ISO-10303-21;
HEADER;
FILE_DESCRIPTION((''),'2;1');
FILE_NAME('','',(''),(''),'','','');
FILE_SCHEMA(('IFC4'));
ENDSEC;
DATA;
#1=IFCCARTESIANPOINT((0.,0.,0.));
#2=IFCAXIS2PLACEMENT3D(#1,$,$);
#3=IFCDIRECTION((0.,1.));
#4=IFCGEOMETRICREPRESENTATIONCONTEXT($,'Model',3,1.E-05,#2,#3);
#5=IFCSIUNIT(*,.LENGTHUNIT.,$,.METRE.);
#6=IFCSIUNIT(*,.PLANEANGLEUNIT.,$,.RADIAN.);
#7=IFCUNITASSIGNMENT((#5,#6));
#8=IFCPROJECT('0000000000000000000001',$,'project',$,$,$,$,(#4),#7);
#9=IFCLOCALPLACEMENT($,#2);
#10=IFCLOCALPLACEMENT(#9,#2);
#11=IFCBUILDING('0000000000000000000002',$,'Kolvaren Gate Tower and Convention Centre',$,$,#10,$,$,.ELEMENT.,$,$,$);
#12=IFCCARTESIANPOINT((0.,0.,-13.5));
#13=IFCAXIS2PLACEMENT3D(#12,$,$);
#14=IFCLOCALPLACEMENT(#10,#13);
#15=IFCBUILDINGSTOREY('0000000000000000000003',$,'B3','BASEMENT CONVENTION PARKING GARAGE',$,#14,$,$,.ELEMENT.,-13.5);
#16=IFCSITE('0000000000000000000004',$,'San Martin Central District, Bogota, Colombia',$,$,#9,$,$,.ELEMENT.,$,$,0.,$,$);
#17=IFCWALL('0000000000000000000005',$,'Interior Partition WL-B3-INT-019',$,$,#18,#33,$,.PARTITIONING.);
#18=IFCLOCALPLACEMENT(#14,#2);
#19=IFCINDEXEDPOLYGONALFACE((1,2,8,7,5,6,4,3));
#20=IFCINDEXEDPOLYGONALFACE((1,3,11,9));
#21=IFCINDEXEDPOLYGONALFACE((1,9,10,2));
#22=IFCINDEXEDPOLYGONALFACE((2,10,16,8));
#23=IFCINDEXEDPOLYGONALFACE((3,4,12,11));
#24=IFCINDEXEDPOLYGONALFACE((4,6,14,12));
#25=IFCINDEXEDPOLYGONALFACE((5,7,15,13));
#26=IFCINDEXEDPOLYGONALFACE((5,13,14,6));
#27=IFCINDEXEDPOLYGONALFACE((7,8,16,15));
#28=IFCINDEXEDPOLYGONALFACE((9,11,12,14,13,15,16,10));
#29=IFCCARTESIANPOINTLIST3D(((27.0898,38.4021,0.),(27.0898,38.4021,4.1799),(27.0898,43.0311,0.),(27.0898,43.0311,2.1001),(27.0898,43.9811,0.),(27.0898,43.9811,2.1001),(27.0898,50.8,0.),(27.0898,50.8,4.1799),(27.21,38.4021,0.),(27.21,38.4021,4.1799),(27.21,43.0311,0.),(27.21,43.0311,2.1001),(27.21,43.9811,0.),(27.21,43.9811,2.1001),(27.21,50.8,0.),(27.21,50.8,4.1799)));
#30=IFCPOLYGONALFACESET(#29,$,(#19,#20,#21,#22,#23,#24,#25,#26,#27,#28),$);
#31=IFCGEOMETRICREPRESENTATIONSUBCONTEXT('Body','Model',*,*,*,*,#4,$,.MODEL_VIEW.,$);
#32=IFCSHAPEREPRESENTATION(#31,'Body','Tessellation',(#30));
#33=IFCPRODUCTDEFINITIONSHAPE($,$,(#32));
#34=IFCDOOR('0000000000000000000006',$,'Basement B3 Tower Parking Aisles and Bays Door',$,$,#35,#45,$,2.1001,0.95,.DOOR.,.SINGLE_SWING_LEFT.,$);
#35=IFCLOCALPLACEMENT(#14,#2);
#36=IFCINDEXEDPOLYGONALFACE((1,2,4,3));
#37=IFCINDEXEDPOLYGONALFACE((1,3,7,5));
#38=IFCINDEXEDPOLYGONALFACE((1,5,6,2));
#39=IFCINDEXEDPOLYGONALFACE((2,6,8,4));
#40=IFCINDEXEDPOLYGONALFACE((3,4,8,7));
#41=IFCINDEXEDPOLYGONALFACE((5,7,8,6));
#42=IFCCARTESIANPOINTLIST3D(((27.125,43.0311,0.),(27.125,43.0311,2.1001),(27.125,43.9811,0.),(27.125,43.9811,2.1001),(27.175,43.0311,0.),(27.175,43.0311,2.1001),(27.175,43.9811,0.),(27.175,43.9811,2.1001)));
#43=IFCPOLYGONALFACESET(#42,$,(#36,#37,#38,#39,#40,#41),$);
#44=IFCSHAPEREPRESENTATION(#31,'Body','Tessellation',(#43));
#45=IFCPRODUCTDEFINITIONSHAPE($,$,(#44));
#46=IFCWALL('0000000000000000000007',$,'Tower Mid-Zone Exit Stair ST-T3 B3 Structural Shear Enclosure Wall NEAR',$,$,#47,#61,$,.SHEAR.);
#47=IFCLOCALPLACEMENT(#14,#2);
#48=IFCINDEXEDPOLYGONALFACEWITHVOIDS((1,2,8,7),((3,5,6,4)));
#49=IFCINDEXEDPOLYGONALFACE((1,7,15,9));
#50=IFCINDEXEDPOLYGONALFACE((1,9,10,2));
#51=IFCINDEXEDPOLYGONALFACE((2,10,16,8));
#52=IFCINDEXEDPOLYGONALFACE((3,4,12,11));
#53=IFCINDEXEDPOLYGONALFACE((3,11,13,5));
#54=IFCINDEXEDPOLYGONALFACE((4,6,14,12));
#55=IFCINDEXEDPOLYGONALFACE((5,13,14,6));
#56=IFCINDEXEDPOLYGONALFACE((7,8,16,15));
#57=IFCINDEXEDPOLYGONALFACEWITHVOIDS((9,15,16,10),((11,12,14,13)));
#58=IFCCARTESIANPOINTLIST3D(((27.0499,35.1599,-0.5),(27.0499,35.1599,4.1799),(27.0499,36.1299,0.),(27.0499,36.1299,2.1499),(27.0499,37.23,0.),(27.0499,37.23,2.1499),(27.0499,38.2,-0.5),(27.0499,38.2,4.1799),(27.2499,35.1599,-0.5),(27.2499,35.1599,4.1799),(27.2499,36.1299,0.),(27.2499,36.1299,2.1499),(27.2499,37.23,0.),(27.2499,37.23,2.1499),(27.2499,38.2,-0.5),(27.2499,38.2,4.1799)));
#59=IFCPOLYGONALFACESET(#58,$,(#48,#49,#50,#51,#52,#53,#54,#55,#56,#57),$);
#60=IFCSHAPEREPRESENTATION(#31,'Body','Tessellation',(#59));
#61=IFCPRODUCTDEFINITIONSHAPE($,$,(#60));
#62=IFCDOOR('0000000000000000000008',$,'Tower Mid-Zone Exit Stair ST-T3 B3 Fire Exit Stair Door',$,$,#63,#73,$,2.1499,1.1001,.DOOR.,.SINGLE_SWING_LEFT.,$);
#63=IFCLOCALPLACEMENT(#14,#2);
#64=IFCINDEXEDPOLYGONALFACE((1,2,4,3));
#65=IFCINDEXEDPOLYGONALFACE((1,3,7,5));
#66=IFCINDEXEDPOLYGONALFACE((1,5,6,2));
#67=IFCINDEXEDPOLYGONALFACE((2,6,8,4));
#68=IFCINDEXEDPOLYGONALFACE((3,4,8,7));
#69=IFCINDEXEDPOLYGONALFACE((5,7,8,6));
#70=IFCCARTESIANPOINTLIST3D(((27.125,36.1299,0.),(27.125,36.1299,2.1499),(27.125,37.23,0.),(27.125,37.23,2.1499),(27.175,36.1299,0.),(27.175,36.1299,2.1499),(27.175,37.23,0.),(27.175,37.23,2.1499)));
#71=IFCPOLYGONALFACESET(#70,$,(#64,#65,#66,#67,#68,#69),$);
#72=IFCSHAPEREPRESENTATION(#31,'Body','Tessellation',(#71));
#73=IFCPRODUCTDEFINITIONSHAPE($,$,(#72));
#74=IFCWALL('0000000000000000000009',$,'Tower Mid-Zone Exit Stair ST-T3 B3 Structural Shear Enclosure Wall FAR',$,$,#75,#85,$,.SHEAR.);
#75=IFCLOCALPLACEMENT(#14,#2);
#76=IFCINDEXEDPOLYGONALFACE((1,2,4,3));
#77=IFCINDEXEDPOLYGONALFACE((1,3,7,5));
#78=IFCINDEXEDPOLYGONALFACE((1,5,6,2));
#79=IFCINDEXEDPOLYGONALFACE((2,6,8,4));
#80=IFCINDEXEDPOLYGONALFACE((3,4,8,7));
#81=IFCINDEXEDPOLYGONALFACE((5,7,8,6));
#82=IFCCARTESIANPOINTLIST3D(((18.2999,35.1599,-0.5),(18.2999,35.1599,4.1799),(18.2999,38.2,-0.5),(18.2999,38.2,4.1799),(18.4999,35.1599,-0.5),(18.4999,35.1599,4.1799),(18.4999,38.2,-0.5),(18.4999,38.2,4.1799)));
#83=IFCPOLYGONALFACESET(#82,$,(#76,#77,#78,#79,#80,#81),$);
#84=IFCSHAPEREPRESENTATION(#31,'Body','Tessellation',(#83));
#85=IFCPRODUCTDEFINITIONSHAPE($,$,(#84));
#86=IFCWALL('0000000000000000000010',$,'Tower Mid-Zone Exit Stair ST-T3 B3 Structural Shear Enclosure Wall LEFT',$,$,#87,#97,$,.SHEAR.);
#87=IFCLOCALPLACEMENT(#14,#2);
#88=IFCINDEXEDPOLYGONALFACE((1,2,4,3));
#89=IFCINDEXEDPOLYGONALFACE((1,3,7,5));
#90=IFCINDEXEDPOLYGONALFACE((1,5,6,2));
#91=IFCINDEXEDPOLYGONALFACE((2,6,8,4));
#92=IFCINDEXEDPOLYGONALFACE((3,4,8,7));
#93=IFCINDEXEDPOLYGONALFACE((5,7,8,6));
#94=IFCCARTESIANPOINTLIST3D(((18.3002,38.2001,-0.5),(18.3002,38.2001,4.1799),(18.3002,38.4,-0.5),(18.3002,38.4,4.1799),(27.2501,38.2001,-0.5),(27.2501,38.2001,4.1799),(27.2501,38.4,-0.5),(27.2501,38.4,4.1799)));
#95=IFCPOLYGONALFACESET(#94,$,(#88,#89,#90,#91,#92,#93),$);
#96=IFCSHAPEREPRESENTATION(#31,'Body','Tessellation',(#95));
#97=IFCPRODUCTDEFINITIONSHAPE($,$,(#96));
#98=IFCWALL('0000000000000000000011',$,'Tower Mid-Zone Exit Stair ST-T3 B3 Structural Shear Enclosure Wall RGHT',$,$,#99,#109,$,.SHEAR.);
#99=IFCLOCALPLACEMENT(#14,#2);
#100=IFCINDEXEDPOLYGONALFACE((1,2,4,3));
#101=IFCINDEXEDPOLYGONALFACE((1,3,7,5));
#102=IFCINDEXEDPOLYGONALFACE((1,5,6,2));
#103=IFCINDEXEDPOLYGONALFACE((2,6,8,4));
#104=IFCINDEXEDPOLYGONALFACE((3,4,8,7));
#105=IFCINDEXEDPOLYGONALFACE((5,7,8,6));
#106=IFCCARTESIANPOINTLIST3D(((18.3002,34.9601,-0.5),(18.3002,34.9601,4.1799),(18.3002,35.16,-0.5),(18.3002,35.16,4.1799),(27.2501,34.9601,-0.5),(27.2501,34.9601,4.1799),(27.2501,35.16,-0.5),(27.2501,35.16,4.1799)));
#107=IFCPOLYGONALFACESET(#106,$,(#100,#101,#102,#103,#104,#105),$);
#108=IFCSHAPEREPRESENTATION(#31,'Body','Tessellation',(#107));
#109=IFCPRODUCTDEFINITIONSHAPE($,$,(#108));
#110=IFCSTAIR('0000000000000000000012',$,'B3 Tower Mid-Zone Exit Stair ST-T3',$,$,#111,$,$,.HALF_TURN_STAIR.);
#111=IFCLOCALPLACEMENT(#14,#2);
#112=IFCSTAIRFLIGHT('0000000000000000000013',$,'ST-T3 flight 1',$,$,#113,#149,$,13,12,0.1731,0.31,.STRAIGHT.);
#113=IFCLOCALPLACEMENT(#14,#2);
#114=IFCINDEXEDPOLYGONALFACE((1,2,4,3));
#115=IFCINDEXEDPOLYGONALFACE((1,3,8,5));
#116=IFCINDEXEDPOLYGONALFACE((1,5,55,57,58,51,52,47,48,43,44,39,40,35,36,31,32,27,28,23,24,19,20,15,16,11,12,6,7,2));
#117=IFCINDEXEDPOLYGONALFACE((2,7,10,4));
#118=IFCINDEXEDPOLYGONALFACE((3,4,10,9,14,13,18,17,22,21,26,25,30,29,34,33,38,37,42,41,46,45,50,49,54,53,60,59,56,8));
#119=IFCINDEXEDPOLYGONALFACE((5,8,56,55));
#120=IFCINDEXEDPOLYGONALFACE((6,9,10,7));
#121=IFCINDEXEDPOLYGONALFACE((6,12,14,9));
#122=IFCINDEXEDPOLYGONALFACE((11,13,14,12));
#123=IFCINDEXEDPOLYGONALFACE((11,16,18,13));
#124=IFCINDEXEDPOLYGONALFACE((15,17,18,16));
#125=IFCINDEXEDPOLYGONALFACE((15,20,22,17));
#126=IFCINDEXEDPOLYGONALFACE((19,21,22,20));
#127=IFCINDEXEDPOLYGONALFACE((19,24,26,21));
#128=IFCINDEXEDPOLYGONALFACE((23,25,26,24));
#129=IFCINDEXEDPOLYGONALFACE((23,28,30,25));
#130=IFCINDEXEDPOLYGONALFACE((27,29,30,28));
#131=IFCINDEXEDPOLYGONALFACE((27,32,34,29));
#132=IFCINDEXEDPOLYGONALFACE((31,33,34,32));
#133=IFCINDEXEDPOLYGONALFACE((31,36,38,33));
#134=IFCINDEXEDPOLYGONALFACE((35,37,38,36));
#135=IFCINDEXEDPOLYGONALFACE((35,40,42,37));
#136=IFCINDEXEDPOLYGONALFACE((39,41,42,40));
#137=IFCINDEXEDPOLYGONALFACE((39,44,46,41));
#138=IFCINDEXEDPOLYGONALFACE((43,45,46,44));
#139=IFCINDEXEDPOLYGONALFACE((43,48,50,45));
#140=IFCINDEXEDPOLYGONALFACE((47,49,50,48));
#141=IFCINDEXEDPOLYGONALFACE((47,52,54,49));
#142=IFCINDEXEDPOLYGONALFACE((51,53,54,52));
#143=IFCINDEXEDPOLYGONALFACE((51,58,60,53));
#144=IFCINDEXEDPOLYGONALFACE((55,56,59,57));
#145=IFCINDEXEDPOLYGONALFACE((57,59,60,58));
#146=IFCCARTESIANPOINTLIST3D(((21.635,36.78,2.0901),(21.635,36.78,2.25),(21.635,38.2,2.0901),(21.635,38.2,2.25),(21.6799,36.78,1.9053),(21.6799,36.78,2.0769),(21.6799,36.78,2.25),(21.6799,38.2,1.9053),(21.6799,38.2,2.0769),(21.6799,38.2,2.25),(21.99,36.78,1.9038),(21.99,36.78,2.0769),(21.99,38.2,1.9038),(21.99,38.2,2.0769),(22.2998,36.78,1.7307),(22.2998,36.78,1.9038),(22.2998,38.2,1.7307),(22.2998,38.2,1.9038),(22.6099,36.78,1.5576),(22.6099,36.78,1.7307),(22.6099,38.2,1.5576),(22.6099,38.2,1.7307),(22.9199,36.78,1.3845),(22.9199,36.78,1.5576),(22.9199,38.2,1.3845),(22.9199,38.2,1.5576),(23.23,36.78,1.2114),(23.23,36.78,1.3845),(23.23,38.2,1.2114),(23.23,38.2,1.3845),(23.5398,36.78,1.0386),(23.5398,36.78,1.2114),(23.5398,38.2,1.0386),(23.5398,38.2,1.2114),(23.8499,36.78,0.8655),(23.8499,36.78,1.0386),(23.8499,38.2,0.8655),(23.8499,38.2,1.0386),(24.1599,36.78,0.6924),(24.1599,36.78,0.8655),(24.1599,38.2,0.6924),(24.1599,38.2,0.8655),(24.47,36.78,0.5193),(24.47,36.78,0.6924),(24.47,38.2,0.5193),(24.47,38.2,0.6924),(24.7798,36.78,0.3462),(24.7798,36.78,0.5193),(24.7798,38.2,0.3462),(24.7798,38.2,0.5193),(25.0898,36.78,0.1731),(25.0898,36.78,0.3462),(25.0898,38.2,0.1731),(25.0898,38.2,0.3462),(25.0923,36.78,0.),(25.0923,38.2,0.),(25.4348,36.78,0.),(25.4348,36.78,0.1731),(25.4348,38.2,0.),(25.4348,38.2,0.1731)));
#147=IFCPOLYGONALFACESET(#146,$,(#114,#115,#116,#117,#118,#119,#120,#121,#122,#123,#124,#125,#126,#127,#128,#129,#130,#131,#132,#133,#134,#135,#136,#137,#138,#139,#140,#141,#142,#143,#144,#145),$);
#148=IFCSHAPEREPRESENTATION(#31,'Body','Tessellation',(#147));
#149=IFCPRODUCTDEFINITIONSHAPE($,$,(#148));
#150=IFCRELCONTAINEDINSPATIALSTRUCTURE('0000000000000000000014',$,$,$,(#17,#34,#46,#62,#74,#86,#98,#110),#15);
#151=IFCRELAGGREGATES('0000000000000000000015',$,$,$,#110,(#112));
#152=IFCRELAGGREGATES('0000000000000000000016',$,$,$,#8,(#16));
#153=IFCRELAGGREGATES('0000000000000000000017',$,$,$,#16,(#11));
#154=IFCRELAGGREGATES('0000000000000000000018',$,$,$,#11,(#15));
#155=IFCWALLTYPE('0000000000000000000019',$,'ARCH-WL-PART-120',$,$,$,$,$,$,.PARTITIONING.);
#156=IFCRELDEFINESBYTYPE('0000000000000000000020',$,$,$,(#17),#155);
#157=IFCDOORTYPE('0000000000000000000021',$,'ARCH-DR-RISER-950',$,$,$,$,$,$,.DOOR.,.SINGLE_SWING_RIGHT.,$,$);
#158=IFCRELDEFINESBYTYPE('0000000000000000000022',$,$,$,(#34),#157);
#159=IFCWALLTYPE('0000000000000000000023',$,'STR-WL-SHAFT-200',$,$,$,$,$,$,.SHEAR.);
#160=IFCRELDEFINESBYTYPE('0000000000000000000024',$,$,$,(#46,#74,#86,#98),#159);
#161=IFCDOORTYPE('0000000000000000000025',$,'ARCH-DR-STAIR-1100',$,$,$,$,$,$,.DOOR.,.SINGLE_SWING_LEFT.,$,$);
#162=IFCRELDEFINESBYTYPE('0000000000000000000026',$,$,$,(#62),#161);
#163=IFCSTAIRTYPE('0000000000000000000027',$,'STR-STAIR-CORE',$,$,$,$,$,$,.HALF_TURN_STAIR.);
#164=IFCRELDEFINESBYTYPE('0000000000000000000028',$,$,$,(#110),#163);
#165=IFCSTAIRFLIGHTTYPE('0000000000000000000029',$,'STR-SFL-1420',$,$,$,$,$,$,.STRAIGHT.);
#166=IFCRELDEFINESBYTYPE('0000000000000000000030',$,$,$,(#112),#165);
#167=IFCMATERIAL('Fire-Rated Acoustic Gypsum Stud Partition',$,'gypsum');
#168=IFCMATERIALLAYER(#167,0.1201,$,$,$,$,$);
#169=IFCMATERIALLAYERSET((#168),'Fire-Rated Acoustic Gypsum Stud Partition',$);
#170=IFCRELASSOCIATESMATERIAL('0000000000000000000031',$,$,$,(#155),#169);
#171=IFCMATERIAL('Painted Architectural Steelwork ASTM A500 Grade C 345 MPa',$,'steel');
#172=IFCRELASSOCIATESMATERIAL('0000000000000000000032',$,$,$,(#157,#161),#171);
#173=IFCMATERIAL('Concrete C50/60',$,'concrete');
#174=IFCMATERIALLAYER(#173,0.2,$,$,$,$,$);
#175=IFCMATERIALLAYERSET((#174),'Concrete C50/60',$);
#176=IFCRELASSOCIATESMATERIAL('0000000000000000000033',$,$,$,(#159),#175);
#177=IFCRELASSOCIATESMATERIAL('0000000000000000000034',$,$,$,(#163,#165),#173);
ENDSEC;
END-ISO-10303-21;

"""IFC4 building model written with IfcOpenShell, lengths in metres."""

from ifc_helpers import new_model, si_unit, direction, frame, frame_2d, origin, place, context, subcontext, project, spatial, polyline, rectangle, outline, extrude, material, layer, layer_set, type_object, element, fill, aggregate, save


model = new_model("IFC4")

# Units and contexts
model_context = context("Model", 3, precision=1e-05, world=origin(), true_north=direction((0.0, 1.0)))
body_context = subcontext(model_context, "Body", "Model", "MODEL_VIEW")
ifc_project = project(units=[si_unit("LENGTHUNIT", "METRE"), si_unit("PLANEANGLEUNIT", "RADIAN")], contexts=[model_context])

# Site, building, storey
site_placement = place(None, origin())
site = spatial("IfcSite", under=ifc_project, at=site_placement, Name="San Martin Central District, Bogota, Colombia", CompositionType="ELEMENT", RefElevation=0.0)
building_placement = place(site_placement, origin())
building = spatial("IfcBuilding", under=site, at=building_placement, Name="Kolvaren Gate Tower and Convention Centre", CompositionType="ELEMENT")
storey_placement = place(building_placement, frame((0.0, 0.0, -13.5)))
storey = spatial("IfcBuildingStorey", under=building, at=storey_placement, Name="B3", Description="BASEMENT CONVENTION PARKING GARAGE", CompositionType="ELEMENT", Elevation=-13.5)

# Shared definitions
ifc_material_1 = material(Name="Concrete C50/60", Category="concrete")

# Shared definitions
ifc_material_2 = material(Name="Fire-Rated Acoustic Gypsum Stud Partition", Category="gypsum")
ifc_layer_1 = layer(ifc_material_2, 0.1201)
ifc_layer_set_1 = layer_set([ifc_layer_1], Name="Fire-Rated Acoustic Gypsum Stud Partition")
wall_type_1 = type_object("IfcWallType", Name="ARCH-WL-PART-120", PredefinedType="PARTITIONING", material=ifc_layer_set_1)

# Walls, openings, doors
wall_1_placement = place(storey_placement, frame((27.1499, 38.4021, 0.0), z_axis=(0.0, 0.0, 1.0), x_axis=(0.0, 1.0, 0.0)))
wall_1 = element("IfcWall", 1, at=wall_1_placement, inside=storey, type_object=wall_type_1, Name="Interior Partition WL-B3-INT-019", PredefinedType="PARTITIONING", context=body_context, shape_type="SweptSolid", body=[
    extrude(rectangle(XDim=12.3979, YDim=0.1201, at=frame_2d((6.199, 0.0))), origin(), (0.0, 0.0, 1.0), 4.1799),
])
opening_1_placement = place(wall_1_placement, frame((4.6289, 0.0, 0.0)))
opening_1 = element("IfcOpeningElement", 2, at=opening_1_placement, cuts=wall_1, PredefinedType="OPENING", context=body_context, shape_type="SweptSolid", body=[
    extrude(rectangle(XDim=0.95, YDim=2.1001, at=frame_2d((0.4751, 1.05))), frame((0.0, 0.0701, 0.0), z_axis=(0.0, -1.0, 0.0), x_axis=(1.0, 0.0, 0.0)), (0.0, 0.0, 1.0), 0.1401),
])
ifc_material_3 = material(Name="Painted Architectural Steelwork ASTM A500 Grade C 345 MPa", Category="steel")
door_type_1 = type_object("IfcDoorType", Name="ARCH-DR-RISER-950", OperationType="SINGLE_SWING_RIGHT", PredefinedType="DOOR", material=ifc_material_3)
door_1_placement = place(opening_1_placement, origin())
door_1 = element("IfcDoor", 3, at=door_1_placement, inside=storey, type_object=door_type_1, Name="Basement B3 Tower Parking Aisles and Bays Door", OperationType="SINGLE_SWING_LEFT", OverallHeight=2.1001, OverallWidth=0.95, PredefinedType="DOOR", context=body_context, shape_type="SweptSolid", body=[
    extrude(rectangle(XDim=0.95, YDim=2.1001, at=frame_2d((0.4751, 1.05))), frame((0.0, 0.0249, 0.0), z_axis=(0.0, -1.0, 0.0), x_axis=(1.0, 0.0, 0.0)), (0.0, 0.0, 1.0), 0.05),
])
fill(opening_1, door_1)
ifc_layer_2 = layer(ifc_material_1, 0.2)
ifc_layer_set_2 = layer_set([ifc_layer_2], Name="Concrete C50/60")
wall_type_2 = type_object("IfcWallType", Name="STR-WL-SHAFT-200", PredefinedType="SHEAR", material=ifc_layer_set_2)
wall_2_placement = place(storey_placement, frame((27.1499, 35.1599, -0.5), z_axis=(0.0, 0.0, 1.0), x_axis=(0.0, 1.0, 0.0)))
wall_2 = element("IfcWall", 4, at=wall_2_placement, inside=storey, type_object=wall_type_2, Name="Tower Mid-Zone Exit Stair ST-T3 B3 Structural Shear Enclosure Wall NEAR", PredefinedType="SHEAR", context=body_context, shape_type="SweptSolid", body=[
    extrude(rectangle(XDim=3.04, YDim=0.2, at=frame_2d((1.52, 0.0))), origin(), (0.0, 0.0, 1.0), 4.6799),
])
opening_2_placement = place(wall_2_placement, frame((0.97, 0.0, 0.5)))
opening_2 = element("IfcOpeningElement", 5, at=opening_2_placement, cuts=wall_2, PredefinedType="OPENING", context=body_context, shape_type="SweptSolid", body=[
    extrude(rectangle(XDim=1.1001, YDim=2.1499, at=frame_2d((0.55, 1.075))), frame((0.0, 0.1099, 0.0), z_axis=(0.0, -1.0, 0.0), x_axis=(1.0, 0.0, 0.0)), (0.0, 0.0, 1.0), 0.22),
])
door_type_2 = type_object("IfcDoorType", Name="ARCH-DR-STAIR-1100", OperationType="SINGLE_SWING_LEFT", PredefinedType="DOOR", material=ifc_material_3)
door_2_placement = place(opening_2_placement, origin())
door_2 = element("IfcDoor", 6, at=door_2_placement, inside=storey, type_object=door_type_2, Name="Tower Mid-Zone Exit Stair ST-T3 B3 Fire Exit Stair Door", OperationType="SINGLE_SWING_LEFT", OverallHeight=2.1499, OverallWidth=1.1001, PredefinedType="DOOR", context=body_context, shape_type="SweptSolid", body=[
    extrude(rectangle(XDim=1.1001, YDim=2.1499, at=frame_2d((0.55, 1.075))), frame((0.0, 0.0249, 0.0), z_axis=(0.0, -1.0, 0.0), x_axis=(1.0, 0.0, 0.0)), (0.0, 0.0, 1.0), 0.05),
])
fill(opening_2, door_2)

# Walls
wall_3_placement = place(storey_placement, frame((18.3999, 35.1599, -0.5), z_axis=(0.0, 0.0, 1.0), x_axis=(0.0, 1.0, 0.0)))
element("IfcWall", 7, at=wall_3_placement, inside=storey, type_object=wall_type_2, Name="Tower Mid-Zone Exit Stair ST-T3 B3 Structural Shear Enclosure Wall FAR", PredefinedType="SHEAR", context=body_context, shape_type="SweptSolid", body=[
    extrude(rectangle(XDim=3.04, YDim=0.2, at=frame_2d((1.52, 0.0))), origin(), (0.0, 0.0, 1.0), 4.6799),
])
for number, where, z_axis, x_axis, name in (
    (8, (18.3, 38.3, -0.5), (0.0, 0.0, 1.0), (1.0, 0.0, 0.0), "Tower Mid-Zone Exit Stair ST-T3 B3 Structural Shear Enclosure Wall LEFT"),
    (9, (18.3, 35.0601, -0.5), (0.0, 0.0, 1.0), (1.0, 0.0, 0.0), "Tower Mid-Zone Exit Stair ST-T3 B3 Structural Shear Enclosure Wall RGHT"),
):
    element("IfcWall", number, at=place(storey_placement, frame(where, z_axis=z_axis, x_axis=x_axis)), inside=storey, type_object=wall_type_2, Name=name, PredefinedType="SHEAR", context=body_context, shape_type="SweptSolid", body=[
        extrude(rectangle(XDim=8.95, YDim=0.2, at=frame_2d((4.4751, 0.0))), origin(), (0.0, 0.0, 1.0), 4.6799),
    ])

# Stair, stair flight
stair_type = type_object("IfcStairType", Name="STR-STAIR-CORE", PredefinedType="HALF_TURN_STAIR", material=ifc_material_1)
stair_placement = place(storey_placement, origin())
stair = element("IfcStair", 10, at=stair_placement, inside=storey, type_object=stair_type, Name="B3 Tower Mid-Zone Exit Stair ST-T3", PredefinedType="HALF_TURN_STAIR")
stair_flight_type = type_object("IfcStairFlightType", Name="STR-SFL-1420", PredefinedType="STRAIGHT", material=ifc_material_1)
stair_flight_1_placement = place(storey_placement, frame((25.3999, 37.49, 0.0), z_axis=(0.0, 0.0, 1.0), x_axis=(-1.0, 0.0, 0.0)))
stair_flight_1 = element("IfcStairFlight", 11, at=stair_flight_1_placement, type_object=stair_flight_type, Name="ST-T3 flight 1", NumberOfRisers=13, NumberOfTreads=12, PredefinedType="STRAIGHT", RiserHeight=0.1731, TreadLength=0.31, context=body_context, shape_type="SweptSolid", body=[
    extrude(outline(polyline([(-0.0349, 0.0), (-0.0349, 0.1731), (0.3101, 0.1731), (0.3101, 0.3462), (0.6201, 0.3462), (0.6201, 0.5193), (0.9299, 0.5193), (0.9299, 0.6924), (1.24, 0.6924), (1.24, 0.8655), (1.55, 0.8655), (1.55, 1.0386), (1.8601, 1.0386), (1.8601, 1.2114), (2.1699, 1.2114), (2.1699, 1.3845), (2.48, 1.3845), (2.48, 1.5576), (2.79, 1.5576), (2.79, 1.7307), (3.1001, 1.7307), (3.1001, 1.9038), (3.4099, 1.9038), (3.4099, 2.0769), (3.72, 2.0769), (3.72, 2.25), (3.7649, 2.25), (3.7649, 2.0901), (3.72, 1.9053), (0.3076, 0.0), (-0.0349, 0.0)])), frame((0.0, 0.71, 0.0), z_axis=(0.0, -1.0, 0.0), x_axis=(1.0, 0.0, 0.0)), (0.0, 0.0, 1.0), 1.4199),
])
aggregate(stair, [stair_flight_1])

save(model, "model.ifc")
